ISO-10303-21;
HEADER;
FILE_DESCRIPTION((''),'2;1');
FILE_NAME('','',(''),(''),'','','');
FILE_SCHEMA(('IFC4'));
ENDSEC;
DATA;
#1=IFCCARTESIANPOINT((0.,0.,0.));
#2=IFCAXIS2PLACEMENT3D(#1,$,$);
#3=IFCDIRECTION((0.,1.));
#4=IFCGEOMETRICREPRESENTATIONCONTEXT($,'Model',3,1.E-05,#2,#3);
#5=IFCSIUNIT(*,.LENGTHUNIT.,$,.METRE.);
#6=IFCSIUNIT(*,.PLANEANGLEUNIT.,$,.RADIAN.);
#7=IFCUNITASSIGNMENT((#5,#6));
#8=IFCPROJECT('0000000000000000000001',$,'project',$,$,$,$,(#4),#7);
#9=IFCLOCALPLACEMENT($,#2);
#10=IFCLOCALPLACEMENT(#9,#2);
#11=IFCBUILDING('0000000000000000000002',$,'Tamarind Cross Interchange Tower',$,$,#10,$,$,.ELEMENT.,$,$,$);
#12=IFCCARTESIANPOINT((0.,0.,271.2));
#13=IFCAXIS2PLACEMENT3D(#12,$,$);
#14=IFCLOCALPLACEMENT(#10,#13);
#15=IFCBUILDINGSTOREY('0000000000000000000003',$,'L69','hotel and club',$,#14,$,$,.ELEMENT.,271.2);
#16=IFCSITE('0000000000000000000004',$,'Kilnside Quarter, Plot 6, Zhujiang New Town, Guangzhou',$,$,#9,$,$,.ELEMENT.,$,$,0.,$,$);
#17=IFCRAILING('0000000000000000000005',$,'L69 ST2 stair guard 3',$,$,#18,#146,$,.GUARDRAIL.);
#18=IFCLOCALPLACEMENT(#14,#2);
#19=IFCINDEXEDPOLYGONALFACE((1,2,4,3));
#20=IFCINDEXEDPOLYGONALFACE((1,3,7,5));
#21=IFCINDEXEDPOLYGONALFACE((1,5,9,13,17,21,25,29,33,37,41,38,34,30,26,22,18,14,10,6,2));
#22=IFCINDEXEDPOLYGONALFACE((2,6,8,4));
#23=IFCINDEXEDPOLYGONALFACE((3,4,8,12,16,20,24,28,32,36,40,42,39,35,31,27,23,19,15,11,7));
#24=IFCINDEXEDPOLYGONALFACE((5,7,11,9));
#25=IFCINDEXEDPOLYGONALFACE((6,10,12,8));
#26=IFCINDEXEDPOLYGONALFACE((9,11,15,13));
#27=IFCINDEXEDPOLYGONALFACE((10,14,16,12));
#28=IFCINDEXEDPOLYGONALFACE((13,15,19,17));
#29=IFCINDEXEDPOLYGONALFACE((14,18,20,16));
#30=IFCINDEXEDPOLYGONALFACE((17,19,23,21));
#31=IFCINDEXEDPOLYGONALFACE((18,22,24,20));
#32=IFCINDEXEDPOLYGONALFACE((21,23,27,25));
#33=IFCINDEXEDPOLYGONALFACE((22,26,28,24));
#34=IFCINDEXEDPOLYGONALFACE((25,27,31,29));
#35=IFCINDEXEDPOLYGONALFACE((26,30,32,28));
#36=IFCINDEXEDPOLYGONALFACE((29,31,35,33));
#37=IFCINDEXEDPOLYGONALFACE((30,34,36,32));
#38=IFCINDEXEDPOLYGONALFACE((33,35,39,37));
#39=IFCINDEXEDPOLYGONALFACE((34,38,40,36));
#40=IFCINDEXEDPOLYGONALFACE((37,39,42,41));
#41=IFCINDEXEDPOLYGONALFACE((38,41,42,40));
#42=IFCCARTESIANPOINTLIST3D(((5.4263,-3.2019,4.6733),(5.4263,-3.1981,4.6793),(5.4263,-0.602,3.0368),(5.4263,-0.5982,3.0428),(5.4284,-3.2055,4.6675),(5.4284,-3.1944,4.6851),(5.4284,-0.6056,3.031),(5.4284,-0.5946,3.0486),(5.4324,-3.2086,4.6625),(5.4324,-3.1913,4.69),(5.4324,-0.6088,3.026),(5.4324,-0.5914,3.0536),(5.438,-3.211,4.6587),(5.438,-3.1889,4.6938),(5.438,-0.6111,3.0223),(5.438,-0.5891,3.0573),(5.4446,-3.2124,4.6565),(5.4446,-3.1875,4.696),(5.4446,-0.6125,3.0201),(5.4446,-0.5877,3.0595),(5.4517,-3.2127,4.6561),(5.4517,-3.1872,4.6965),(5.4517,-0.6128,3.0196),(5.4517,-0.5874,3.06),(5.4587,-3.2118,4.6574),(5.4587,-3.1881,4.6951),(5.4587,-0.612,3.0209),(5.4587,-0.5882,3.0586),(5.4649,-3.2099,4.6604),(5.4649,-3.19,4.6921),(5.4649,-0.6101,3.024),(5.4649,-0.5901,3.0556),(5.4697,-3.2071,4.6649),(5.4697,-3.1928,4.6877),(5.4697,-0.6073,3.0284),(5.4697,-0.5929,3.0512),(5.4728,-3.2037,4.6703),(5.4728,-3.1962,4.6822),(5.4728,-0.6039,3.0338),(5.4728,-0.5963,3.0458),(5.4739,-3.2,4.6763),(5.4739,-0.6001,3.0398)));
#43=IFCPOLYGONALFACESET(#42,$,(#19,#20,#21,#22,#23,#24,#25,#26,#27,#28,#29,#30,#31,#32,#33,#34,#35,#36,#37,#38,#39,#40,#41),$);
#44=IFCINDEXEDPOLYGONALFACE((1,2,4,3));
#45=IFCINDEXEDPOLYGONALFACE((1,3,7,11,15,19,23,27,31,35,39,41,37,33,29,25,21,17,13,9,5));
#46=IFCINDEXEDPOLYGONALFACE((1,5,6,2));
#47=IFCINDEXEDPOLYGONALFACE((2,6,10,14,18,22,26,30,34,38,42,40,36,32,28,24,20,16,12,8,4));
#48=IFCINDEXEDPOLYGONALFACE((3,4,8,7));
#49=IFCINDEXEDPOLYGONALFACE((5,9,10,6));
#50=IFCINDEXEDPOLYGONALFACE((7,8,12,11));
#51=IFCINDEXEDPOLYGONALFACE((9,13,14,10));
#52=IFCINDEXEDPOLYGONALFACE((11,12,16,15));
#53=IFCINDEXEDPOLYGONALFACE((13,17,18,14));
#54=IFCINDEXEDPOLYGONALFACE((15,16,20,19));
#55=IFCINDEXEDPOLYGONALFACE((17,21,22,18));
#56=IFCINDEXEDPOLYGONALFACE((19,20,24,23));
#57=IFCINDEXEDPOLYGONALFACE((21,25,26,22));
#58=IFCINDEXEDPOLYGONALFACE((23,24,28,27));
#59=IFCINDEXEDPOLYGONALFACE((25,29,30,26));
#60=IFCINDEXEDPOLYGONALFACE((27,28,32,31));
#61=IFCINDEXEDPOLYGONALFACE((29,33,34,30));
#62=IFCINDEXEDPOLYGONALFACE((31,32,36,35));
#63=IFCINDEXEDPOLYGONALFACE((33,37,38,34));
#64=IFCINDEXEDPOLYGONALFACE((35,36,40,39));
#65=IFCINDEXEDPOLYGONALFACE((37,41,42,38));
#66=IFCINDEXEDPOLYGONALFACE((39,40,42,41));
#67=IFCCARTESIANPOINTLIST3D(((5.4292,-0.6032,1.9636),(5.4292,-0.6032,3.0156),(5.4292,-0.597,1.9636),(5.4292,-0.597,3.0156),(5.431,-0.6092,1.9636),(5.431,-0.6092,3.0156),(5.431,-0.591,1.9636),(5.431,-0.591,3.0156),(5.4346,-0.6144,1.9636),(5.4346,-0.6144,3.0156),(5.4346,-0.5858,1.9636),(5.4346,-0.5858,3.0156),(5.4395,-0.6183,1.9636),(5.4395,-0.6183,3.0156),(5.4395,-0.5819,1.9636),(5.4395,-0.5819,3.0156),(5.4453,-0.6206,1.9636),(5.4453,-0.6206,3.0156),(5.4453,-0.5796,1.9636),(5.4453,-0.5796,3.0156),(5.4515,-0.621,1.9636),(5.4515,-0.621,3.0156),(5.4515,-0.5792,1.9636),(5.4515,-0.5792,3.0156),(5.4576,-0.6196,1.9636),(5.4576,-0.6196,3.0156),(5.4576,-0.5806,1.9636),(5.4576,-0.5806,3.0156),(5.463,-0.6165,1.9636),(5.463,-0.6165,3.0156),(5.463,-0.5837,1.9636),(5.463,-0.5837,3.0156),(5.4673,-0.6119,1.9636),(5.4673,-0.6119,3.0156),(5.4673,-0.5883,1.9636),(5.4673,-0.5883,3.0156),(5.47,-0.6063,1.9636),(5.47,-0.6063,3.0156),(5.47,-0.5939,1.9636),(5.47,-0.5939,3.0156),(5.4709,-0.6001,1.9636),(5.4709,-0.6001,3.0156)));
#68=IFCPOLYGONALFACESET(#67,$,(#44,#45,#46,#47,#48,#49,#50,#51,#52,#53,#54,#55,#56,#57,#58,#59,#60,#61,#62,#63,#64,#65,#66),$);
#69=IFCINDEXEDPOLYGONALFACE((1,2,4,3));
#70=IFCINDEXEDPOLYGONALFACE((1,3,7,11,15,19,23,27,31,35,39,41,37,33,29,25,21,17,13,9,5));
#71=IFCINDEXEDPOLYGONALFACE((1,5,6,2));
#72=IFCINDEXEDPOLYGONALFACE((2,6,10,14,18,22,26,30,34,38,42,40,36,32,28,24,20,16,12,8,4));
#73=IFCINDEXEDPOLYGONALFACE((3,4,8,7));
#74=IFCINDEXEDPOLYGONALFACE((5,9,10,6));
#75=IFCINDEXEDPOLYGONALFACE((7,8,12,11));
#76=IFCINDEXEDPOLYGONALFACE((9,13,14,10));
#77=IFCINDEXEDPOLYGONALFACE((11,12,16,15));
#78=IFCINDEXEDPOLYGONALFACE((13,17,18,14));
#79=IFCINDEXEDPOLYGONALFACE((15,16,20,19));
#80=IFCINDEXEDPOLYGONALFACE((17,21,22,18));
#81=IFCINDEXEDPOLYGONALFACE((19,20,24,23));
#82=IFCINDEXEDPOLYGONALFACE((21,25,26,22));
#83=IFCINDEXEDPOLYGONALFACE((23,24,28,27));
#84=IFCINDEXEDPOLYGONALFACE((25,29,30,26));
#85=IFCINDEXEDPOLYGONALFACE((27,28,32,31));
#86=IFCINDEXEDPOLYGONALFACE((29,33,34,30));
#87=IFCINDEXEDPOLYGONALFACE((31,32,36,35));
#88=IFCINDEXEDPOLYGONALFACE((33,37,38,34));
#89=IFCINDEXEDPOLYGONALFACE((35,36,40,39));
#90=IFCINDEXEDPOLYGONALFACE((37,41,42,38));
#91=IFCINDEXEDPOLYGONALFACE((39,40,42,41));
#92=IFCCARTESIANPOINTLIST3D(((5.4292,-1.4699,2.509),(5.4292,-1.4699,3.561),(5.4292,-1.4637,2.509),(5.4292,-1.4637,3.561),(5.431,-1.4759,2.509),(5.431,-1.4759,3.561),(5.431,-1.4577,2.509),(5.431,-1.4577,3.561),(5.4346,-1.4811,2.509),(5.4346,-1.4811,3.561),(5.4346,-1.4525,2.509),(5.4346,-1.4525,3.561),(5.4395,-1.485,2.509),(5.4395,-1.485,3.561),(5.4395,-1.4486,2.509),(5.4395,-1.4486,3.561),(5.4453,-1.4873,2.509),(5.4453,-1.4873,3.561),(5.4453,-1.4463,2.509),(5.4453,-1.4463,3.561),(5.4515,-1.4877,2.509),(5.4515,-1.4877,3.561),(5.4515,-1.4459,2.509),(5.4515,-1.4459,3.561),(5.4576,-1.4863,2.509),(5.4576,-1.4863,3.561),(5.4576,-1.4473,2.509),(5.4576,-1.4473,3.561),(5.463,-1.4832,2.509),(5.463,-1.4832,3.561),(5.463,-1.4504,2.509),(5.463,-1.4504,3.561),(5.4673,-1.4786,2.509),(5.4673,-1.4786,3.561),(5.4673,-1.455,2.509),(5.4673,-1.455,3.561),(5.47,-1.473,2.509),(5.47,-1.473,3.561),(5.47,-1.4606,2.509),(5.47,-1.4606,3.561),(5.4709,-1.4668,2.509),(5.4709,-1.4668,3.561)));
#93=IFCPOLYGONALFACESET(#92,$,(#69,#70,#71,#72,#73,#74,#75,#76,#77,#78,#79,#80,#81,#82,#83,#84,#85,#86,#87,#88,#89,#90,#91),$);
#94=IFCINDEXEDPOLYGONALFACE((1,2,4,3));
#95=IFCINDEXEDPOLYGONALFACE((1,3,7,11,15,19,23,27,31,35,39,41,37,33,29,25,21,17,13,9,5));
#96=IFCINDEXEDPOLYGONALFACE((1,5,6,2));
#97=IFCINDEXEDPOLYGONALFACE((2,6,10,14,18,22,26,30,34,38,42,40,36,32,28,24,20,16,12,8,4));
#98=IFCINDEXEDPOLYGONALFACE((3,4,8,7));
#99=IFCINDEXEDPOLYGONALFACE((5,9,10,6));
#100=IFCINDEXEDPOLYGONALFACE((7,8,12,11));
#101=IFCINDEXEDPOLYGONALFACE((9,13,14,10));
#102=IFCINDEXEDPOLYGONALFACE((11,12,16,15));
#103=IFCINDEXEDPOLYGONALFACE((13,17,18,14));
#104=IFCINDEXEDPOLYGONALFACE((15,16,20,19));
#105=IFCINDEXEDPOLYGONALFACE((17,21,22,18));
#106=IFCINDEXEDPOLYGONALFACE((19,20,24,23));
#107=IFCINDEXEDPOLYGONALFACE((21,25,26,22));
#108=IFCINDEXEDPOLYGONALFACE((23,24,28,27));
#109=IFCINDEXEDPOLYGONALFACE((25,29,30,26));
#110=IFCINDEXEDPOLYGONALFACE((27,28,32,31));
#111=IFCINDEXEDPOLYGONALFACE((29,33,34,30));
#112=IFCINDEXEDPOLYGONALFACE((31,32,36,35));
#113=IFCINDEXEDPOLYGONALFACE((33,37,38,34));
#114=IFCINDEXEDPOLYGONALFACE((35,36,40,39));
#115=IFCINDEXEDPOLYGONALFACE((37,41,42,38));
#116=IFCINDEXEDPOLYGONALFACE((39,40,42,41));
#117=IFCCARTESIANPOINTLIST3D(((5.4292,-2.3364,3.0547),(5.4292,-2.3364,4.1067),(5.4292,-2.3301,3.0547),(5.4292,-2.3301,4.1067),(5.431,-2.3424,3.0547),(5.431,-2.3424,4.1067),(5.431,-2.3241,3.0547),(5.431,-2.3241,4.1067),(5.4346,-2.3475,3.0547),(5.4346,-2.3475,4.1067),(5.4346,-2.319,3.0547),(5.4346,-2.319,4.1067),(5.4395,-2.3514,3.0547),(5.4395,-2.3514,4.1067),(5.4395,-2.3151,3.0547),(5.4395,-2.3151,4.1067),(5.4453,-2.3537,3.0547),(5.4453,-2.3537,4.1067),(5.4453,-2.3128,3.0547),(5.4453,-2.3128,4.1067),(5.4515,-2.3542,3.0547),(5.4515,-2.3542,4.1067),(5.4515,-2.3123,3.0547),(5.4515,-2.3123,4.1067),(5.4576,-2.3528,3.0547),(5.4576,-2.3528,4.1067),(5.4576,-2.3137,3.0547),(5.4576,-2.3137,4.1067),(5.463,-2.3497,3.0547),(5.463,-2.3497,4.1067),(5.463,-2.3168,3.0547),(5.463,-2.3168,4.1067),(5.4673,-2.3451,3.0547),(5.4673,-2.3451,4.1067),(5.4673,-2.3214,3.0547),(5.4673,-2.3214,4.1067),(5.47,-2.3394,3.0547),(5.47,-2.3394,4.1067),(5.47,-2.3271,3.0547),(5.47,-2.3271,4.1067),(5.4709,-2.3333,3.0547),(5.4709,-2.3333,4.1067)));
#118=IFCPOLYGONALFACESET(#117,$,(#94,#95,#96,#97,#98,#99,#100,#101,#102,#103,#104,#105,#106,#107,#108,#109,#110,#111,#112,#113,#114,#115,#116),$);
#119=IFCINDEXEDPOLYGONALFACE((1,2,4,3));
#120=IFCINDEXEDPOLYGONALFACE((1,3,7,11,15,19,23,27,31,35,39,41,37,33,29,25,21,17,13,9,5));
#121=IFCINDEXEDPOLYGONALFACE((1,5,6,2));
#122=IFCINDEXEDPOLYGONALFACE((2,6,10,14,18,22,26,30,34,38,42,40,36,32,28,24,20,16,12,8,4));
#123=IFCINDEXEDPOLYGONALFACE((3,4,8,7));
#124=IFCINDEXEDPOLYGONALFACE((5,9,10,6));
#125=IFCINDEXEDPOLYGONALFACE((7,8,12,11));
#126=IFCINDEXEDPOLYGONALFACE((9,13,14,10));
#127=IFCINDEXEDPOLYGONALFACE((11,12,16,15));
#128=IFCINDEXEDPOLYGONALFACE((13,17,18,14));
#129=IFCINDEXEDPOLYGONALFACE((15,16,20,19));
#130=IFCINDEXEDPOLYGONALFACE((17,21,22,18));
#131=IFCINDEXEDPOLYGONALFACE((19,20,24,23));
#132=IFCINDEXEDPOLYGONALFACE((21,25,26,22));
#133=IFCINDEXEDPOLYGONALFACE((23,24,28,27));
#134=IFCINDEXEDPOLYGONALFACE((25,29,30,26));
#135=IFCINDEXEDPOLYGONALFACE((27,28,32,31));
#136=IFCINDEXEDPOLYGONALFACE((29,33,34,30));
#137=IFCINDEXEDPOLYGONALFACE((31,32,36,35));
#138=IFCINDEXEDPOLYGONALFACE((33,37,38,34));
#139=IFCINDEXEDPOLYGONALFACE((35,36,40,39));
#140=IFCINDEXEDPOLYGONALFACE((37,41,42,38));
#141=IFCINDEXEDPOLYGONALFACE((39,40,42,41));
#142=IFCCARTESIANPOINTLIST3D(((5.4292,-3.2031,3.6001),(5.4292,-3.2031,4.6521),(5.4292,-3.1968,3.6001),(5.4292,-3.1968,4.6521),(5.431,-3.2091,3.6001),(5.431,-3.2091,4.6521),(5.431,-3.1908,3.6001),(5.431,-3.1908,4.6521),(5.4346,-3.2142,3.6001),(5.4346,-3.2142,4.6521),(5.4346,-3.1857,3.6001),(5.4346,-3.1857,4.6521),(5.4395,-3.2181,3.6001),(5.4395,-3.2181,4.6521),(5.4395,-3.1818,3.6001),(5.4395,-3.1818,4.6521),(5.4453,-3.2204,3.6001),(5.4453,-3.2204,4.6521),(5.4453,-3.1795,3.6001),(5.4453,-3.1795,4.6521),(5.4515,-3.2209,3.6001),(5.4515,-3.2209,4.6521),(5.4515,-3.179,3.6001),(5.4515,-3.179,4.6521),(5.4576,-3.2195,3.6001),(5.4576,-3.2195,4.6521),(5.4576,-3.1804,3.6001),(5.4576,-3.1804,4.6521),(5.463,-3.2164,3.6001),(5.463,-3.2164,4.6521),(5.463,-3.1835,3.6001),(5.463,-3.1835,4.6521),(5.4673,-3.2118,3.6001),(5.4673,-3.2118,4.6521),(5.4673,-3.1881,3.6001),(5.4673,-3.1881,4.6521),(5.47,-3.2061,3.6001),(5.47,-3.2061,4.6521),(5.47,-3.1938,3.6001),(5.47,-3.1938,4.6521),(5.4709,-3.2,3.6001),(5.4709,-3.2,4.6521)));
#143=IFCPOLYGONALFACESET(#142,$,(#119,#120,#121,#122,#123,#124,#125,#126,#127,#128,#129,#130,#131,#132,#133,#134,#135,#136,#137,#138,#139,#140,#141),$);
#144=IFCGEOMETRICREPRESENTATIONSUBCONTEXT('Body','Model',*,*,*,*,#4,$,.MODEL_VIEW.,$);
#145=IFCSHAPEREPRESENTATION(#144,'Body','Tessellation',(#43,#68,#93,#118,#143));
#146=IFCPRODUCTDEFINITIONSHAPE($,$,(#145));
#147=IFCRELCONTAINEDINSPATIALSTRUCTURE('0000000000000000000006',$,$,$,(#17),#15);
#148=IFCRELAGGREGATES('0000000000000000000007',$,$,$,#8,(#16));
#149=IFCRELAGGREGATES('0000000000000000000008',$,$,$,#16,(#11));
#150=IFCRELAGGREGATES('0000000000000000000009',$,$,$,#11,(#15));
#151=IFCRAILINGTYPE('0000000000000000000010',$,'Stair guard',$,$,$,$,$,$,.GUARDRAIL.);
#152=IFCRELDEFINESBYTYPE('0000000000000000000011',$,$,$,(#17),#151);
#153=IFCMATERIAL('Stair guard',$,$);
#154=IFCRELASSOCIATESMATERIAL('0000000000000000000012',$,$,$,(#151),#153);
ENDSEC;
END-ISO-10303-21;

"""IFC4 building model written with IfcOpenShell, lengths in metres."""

from ifc_helpers import new_model, si_unit, direction, frame, origin, origin_2d, place, context, subcontext, project, spatial, circle, extrude, material, type_object, element, save


model = new_model("IFC4")

# Units and contexts
model_context = context("Model", 3, precision=1e-05, world=origin(), true_north=direction((0.0, 1.0)))
body_context = subcontext(model_context, "Body", "Model", "MODEL_VIEW")
ifc_project = project(units=[si_unit("LENGTHUNIT", "METRE"), si_unit("PLANEANGLEUNIT", "RADIAN")], contexts=[model_context])

# Site, building, storey
site_placement = place(None, origin())
site = spatial("IfcSite", under=ifc_project, at=site_placement, Name="Kilnside Quarter, Plot 6, Zhujiang New Town, Guangzhou", CompositionType="ELEMENT", RefElevation=0.0)
building_placement = place(site_placement, origin())
building = spatial("IfcBuilding", under=site, at=building_placement, Name="Tamarind Cross Interchange Tower", CompositionType="ELEMENT")
storey_placement = place(building_placement, frame((0.0, 0.0, 271.2)))
storey = spatial("IfcBuildingStorey", under=building, at=storey_placement, Name="L69", Description="hotel and club", CompositionType="ELEMENT", Elevation=271.2)

# Railing
ifc_material_1 = material(Name="Stair guard")
railing_type_1 = type_object("IfcRailingType", Name="Stair guard", PredefinedType="GUARDRAIL", material=ifc_material_1)
railing_1_placement = place(storey_placement, frame((5.45, -0.6001, 1.9636)))
element("IfcRailing", 1, at=railing_1_placement, inside=storey, type_object=railing_type_1, Name="L69 ST2 stair guard 3", PredefinedType="GUARDRAIL", context=body_context, shape_type="SweptSolid", body=[
    extrude(circle(Radius=0.0239, at=origin_2d()), frame((0.0, 0.0, 1.0762), z_axis=(0.0, -0.846302, 0.532704), x_axis=(1.0, 0.0, 0.0)), (0.0, 0.0, 1.0), 3.072),
    extrude(circle(Radius=0.021, at=origin_2d()), origin(), (0.0, 0.0, 1.0), 1.052),
    extrude(circle(Radius=0.021, at=origin_2d()), frame((0.0, -0.8667, 0.5454)), (0.0, 0.0, 1.0), 1.052),
    extrude(circle(Radius=0.021, at=origin_2d()), frame((0.0, -1.7332, 1.0911)), (0.0, 0.0, 1.0), 1.052),
    extrude(circle(Radius=0.021, at=origin_2d()), frame((0.0, -2.5999, 1.6365)), (0.0, 0.0, 1.0), 1.052),
])

save(model, "model.ifc")
